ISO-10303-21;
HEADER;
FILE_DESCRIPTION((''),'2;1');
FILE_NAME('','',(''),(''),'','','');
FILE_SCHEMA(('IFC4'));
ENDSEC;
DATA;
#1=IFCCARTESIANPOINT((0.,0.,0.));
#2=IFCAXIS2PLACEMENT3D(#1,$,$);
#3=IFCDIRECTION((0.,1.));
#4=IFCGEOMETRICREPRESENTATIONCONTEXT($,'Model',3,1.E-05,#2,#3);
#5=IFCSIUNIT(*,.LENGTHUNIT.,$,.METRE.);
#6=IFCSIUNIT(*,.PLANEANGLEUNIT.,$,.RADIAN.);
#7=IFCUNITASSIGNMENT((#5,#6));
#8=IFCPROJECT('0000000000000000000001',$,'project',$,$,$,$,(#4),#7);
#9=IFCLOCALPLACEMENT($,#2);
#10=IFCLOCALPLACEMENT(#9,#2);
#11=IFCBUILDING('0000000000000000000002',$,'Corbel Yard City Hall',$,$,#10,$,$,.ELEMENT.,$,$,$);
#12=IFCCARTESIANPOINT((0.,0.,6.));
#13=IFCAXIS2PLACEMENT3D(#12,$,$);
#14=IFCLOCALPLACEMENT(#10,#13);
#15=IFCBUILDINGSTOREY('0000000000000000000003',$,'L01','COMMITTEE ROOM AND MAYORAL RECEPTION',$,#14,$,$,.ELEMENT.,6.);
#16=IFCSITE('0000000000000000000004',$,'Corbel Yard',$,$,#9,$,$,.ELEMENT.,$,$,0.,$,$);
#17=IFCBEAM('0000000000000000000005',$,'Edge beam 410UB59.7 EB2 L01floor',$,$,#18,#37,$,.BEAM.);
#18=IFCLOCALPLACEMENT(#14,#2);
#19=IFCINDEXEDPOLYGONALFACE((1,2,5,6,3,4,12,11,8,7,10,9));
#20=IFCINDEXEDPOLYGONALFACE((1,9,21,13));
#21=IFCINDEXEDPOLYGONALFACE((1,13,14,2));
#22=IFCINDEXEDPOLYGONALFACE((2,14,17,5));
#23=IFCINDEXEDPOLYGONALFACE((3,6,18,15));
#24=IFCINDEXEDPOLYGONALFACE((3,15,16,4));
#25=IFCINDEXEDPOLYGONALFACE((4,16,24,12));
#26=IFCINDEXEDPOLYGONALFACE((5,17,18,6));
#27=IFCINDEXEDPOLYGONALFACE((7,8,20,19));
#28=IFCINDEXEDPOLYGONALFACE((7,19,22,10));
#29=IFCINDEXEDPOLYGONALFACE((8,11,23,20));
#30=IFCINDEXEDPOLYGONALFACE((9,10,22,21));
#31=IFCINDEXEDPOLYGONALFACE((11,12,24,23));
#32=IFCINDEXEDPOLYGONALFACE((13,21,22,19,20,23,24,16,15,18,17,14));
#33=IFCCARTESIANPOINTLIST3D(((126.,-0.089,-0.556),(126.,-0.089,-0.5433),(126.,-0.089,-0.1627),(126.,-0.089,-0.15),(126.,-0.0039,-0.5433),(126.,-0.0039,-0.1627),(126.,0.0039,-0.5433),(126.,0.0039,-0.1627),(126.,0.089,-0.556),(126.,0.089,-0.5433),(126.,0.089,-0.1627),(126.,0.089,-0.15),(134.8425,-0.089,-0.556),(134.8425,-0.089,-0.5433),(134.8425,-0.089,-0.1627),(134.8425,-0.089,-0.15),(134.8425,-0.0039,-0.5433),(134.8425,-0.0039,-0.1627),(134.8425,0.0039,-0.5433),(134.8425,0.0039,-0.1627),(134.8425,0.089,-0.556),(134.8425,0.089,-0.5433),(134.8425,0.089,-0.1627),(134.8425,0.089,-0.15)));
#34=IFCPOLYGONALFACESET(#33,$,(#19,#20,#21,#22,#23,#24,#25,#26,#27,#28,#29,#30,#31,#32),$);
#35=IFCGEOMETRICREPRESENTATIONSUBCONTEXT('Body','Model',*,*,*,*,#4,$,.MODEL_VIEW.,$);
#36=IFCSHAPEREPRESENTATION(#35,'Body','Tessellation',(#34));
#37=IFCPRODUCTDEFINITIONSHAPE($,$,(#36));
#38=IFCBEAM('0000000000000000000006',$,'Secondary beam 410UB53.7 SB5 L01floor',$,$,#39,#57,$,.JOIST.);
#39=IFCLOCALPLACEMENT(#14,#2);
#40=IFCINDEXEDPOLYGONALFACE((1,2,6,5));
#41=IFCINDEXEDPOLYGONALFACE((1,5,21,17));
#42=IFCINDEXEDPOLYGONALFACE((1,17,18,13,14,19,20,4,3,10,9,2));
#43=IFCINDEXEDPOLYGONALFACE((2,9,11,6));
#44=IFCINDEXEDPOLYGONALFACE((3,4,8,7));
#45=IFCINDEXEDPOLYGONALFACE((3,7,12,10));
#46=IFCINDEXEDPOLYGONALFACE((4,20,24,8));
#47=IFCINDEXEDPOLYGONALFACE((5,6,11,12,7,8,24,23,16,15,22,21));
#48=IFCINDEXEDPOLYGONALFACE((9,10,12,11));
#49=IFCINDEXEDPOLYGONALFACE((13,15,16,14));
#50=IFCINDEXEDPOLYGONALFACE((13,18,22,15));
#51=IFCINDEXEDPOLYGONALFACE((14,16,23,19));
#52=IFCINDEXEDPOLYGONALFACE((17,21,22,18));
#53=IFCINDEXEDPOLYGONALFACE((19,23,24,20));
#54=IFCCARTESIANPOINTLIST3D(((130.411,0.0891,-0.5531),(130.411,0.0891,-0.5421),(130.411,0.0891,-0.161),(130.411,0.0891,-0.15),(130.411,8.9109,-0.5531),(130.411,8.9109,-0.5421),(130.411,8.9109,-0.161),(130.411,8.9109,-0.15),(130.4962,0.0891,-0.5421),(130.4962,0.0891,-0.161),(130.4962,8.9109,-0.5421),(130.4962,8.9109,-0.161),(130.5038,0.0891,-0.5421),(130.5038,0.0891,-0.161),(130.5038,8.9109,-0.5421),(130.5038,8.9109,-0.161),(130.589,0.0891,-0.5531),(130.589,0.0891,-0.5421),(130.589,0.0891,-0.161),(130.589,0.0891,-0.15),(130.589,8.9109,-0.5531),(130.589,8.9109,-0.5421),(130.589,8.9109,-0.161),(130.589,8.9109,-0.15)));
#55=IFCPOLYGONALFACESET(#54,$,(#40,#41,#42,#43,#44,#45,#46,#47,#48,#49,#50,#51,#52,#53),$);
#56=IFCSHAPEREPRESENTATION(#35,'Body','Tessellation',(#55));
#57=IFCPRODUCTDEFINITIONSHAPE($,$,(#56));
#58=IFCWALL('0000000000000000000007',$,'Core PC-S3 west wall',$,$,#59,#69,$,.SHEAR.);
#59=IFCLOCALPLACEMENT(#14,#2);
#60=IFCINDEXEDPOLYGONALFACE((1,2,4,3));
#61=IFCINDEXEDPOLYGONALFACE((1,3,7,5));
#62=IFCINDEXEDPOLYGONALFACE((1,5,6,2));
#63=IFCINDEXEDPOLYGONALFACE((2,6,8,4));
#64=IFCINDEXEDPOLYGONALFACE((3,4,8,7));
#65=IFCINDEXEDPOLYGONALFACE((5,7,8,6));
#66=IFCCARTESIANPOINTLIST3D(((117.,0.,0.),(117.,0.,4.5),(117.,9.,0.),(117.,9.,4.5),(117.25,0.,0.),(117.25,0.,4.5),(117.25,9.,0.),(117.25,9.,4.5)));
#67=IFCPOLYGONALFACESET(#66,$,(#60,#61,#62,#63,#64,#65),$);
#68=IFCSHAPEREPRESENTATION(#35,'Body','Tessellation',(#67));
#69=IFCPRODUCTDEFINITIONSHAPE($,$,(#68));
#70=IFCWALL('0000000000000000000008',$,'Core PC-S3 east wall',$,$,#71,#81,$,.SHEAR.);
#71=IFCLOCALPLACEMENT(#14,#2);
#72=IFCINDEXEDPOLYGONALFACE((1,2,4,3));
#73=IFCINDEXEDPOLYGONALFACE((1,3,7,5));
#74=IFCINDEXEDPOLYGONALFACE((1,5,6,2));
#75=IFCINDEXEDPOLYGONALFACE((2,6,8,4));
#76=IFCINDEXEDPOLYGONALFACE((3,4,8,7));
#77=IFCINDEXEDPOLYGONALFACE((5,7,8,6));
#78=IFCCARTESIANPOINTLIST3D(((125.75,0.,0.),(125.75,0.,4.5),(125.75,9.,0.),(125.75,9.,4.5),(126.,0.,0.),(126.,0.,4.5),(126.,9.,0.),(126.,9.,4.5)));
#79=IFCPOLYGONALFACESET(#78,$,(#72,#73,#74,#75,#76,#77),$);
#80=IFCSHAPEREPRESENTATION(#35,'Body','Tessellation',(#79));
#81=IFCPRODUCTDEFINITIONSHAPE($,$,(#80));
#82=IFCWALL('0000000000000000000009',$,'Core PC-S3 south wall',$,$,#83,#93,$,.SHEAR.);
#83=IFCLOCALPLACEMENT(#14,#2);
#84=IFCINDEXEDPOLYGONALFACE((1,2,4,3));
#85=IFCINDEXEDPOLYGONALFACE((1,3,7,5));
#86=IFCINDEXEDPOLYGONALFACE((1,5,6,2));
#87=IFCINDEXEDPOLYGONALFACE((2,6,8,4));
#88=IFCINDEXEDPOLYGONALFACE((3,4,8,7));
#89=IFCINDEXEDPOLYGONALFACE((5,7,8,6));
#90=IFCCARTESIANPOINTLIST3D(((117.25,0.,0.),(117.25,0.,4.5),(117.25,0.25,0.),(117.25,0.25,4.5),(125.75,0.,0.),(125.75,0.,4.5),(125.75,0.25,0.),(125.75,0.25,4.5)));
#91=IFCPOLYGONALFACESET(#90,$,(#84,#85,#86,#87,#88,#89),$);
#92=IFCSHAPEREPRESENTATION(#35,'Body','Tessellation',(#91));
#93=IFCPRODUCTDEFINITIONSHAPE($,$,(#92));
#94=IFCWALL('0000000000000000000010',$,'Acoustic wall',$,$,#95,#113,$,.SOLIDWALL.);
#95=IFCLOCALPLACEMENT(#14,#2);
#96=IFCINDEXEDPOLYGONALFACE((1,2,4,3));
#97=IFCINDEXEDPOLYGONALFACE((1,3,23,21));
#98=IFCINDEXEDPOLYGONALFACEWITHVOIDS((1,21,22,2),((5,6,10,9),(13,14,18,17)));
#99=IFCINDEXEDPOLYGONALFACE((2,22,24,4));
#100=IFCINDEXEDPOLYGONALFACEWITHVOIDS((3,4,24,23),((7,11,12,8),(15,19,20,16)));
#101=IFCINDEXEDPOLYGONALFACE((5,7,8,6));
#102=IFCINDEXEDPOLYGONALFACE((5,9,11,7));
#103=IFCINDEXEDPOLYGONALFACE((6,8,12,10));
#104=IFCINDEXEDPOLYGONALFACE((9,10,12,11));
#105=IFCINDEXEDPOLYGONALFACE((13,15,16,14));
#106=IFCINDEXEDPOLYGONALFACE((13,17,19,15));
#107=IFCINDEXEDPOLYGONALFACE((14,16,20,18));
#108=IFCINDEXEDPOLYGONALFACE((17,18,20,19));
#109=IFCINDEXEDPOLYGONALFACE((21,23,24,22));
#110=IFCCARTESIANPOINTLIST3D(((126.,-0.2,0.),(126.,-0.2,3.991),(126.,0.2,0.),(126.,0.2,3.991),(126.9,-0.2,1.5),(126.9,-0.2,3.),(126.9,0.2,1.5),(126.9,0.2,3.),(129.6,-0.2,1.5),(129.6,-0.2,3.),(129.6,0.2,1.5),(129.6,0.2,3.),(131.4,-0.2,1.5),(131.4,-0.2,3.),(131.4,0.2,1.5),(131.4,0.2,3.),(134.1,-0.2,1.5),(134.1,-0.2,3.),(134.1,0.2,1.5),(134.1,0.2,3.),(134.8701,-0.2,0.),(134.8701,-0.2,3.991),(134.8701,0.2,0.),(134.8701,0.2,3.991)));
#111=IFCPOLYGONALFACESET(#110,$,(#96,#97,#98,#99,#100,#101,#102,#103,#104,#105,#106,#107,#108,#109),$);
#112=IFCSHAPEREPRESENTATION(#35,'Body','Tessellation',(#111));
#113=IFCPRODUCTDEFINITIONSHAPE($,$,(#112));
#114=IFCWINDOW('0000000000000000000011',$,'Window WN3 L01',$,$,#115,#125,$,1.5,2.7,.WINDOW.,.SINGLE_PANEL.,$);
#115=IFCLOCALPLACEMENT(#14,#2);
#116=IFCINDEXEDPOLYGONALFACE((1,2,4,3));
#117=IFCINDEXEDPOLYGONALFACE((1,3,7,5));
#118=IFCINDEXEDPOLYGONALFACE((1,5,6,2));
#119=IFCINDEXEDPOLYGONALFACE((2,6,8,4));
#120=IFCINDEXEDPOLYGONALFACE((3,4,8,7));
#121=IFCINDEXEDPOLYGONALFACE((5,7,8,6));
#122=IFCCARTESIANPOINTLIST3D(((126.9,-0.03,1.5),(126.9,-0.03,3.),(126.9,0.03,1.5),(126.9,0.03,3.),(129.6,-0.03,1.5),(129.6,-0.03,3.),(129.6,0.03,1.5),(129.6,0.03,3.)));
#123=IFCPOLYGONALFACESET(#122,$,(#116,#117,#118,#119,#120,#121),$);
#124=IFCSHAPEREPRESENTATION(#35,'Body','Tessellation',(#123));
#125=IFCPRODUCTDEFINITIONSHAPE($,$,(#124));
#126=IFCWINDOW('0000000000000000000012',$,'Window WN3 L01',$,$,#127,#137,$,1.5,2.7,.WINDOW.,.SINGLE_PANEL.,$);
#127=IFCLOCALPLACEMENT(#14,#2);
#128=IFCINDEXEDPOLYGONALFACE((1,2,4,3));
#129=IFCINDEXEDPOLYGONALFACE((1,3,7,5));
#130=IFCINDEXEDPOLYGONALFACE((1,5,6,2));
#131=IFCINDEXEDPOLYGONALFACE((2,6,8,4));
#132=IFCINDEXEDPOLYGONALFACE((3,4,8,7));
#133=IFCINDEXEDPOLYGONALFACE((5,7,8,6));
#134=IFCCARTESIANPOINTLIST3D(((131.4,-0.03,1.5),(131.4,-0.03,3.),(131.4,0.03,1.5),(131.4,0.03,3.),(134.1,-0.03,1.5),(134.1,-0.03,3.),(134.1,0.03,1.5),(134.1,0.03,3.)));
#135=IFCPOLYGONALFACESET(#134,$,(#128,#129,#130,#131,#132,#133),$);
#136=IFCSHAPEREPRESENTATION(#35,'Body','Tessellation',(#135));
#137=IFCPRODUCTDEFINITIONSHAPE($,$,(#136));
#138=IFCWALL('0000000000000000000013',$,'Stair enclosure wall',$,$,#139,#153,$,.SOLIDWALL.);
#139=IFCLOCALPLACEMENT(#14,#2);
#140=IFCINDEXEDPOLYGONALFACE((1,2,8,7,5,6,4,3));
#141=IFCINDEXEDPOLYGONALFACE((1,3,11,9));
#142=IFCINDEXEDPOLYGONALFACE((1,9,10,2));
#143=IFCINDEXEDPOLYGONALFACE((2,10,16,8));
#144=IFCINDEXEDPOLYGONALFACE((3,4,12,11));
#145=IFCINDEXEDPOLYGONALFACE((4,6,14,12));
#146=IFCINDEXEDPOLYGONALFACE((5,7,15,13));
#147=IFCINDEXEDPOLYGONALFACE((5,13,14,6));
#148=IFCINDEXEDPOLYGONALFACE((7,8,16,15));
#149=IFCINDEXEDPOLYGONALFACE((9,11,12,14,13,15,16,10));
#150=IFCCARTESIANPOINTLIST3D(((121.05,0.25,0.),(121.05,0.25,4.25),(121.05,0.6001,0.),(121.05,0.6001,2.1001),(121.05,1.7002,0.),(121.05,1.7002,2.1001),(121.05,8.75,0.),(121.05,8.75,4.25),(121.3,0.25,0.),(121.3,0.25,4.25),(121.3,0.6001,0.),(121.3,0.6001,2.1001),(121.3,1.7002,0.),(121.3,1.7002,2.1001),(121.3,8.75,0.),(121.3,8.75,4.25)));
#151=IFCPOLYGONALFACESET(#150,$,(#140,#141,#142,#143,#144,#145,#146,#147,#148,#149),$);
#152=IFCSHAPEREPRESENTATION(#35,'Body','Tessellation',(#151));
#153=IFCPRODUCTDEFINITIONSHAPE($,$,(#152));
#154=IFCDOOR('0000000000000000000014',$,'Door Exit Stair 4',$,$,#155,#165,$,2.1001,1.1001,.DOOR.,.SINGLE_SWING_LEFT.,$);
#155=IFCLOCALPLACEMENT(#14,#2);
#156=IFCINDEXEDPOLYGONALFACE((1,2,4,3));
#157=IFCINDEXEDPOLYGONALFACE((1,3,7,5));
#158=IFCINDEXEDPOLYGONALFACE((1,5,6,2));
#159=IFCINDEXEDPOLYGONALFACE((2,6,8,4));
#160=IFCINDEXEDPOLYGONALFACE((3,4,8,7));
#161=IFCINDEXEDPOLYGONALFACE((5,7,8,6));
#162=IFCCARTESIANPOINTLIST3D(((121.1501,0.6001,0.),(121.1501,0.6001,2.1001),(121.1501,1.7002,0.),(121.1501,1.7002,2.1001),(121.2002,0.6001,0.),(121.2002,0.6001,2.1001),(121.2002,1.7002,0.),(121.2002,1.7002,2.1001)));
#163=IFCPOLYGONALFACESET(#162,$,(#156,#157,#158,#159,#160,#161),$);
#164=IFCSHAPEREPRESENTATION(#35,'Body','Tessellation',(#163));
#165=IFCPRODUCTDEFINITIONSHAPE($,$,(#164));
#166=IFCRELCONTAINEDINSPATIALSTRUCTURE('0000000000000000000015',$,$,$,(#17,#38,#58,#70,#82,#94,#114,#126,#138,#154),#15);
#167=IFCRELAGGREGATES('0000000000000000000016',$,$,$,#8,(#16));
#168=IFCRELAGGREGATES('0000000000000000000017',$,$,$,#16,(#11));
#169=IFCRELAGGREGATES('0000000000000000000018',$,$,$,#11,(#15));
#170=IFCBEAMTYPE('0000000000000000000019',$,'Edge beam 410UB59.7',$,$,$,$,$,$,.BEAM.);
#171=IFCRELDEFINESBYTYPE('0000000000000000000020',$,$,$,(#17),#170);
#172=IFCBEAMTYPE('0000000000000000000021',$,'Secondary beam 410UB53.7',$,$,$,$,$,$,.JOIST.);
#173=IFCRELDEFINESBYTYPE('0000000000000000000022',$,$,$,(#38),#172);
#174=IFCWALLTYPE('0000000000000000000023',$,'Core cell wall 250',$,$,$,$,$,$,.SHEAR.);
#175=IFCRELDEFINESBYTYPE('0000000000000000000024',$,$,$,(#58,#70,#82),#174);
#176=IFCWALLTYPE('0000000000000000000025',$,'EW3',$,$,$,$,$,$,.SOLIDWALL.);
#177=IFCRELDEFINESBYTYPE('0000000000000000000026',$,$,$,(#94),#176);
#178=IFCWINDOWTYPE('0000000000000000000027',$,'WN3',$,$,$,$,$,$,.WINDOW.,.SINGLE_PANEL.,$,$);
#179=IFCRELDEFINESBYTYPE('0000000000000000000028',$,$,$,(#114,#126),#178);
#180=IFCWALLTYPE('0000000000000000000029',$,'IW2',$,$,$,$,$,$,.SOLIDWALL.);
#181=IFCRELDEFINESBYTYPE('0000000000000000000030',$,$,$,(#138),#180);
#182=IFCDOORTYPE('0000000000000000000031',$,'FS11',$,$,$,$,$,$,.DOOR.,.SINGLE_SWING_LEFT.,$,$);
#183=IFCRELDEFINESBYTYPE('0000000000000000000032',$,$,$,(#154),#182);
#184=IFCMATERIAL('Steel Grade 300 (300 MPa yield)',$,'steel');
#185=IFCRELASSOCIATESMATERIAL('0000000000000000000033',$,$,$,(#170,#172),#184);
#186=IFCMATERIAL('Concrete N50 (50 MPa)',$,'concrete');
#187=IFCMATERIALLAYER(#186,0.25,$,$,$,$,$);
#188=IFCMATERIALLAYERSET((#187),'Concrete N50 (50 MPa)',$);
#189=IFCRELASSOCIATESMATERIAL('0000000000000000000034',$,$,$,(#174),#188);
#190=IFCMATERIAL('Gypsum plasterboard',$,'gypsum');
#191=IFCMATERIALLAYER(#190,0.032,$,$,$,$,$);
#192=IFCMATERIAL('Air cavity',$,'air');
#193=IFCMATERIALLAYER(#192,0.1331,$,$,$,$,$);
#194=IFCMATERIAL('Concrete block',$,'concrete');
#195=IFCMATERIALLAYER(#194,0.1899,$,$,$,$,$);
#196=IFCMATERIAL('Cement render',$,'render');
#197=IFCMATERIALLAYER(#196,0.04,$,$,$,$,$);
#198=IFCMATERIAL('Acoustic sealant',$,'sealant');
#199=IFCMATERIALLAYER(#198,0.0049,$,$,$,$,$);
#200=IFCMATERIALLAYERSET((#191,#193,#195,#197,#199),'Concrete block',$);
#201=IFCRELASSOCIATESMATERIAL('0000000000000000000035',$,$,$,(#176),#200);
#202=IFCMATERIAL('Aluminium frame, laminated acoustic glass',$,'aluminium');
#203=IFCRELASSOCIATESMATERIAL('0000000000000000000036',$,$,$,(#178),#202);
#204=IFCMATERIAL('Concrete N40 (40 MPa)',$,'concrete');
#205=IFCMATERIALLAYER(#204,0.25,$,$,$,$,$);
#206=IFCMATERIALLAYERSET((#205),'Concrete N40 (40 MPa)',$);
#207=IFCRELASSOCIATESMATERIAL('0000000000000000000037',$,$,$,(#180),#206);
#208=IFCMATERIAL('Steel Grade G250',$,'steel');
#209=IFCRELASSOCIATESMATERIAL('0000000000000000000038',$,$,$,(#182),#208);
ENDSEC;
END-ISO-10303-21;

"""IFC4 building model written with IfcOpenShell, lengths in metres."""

from ifc_helpers import new_model, si_unit, direction, frame, frame_2d, origin, origin_2d, place, context, subcontext, project, spatial, rectangle, i_section, extrude, material, layer, layer_set, material_profile, profile_set, type_object, element, fill, save


model = new_model("IFC4")

# Units and contexts
model_context = context("Model", 3, precision=1e-05, world=origin(), true_north=direction((0.0, 1.0)))
body_context = subcontext(model_context, "Body", "Model", "MODEL_VIEW")
ifc_project = project(units=[si_unit("LENGTHUNIT", "METRE"), si_unit("PLANEANGLEUNIT", "RADIAN")], contexts=[model_context])

# Site, building, storey
site_placement = place(None, origin())
site = spatial("IfcSite", under=ifc_project, at=site_placement, Name="Corbel Yard", CompositionType="ELEMENT", RefElevation=0.0)
building_placement = place(site_placement, origin())
building = spatial("IfcBuilding", under=site, at=building_placement, Name="Corbel Yard City Hall", CompositionType="ELEMENT")
storey_placement = place(building_placement, frame((0.0, 0.0, 6.0)))
storey = spatial("IfcBuildingStorey", under=building, at=storey_placement, Name="L01", Description="COMMITTEE ROOM AND MAYORAL RECEPTION", CompositionType="ELEMENT", Elevation=6.0)

# Beams
ifc_material_1 = material(Name="Steel Grade 300 (300 MPa yield)", Category="steel")
ifc_material_profile_1 = material_profile(ifc_material_1, i_section(OverallWidth=0.178, OverallDepth=0.406, WebThickness=0.0078, FlangeThickness=0.0127, at=origin_2d()), Name="410UB59.7")
ifc_profile_set_1 = profile_set([ifc_material_profile_1], Name="Steel Grade 300 (300 MPa yield)")
beam_type_1 = type_object("IfcBeamType", Name="Edge beam 410UB59.7", PredefinedType="BEAM", material=ifc_profile_set_1)
beam_1_placement = place(storey_placement, frame((126.0, 0.0, -0.353), z_axis=(1.0, 0.0, 0.0), x_axis=(0.0, 1.0, 0.0)))
element("IfcBeam", 1, at=beam_1_placement, inside=storey, type_object=beam_type_1, Name="Edge beam 410UB59.7 EB2 L01floor", PredefinedType="BEAM", context=body_context, shape_type="SweptSolid", body=[
    extrude(i_section(OverallWidth=0.178, OverallDepth=0.406, WebThickness=0.0078, FlangeThickness=0.0127, at=origin_2d()), origin(), (0.0, 0.0, 1.0), 8.8425),
])
ifc_material_profile_2 = material_profile(ifc_material_1, i_section(OverallWidth=0.178, OverallDepth=0.4031, WebThickness=0.0076, FlangeThickness=0.011, at=origin_2d()), Name="410UB53.7")
ifc_profile_set_2 = profile_set([ifc_material_profile_2], Name="Steel Grade 300 (300 MPa yield)")
beam_type_2 = type_object("IfcBeamType", Name="Secondary beam 410UB53.7", PredefinedType="JOIST", material=ifc_profile_set_2)
beam_2_placement = place(storey_placement, frame((130.5, 0.0891, -0.3516), z_axis=(0.0, 1.0, 0.0), x_axis=(-1.0, 0.0, 0.0)))
element("IfcBeam", 2, at=beam_2_placement, inside=storey, type_object=beam_type_2, Name="Secondary beam 410UB53.7 SB5 L01floor", PredefinedType="JOIST", context=body_context, shape_type="SweptSolid", body=[
    extrude(i_section(OverallWidth=0.178, OverallDepth=0.4031, WebThickness=0.0076, FlangeThickness=0.011, at=origin_2d()), origin(), (0.0, 0.0, 1.0), 8.8218),
])

# Walls
ifc_material_2 = material(Name="Concrete N50 (50 MPa)", Category="concrete")
ifc_layer_1 = layer(ifc_material_2, 0.25)
ifc_layer_set_1 = layer_set([ifc_layer_1], Name="Concrete N50 (50 MPa)")
wall_type_1 = type_object("IfcWallType", Name="Core cell wall 250", PredefinedType="SHEAR", material=ifc_layer_set_1)
for number, where, z_axis, x_axis, name in (
    (3, (117.125, 0.0, 0.0), (0.0, 0.0, 1.0), (0.0, 1.0, 0.0), "Core PC-S3 west wall"),
    (4, (125.875, 0.0, 0.0), (0.0, 0.0, 1.0), (0.0, 1.0, 0.0), "Core PC-S3 east wall"),
):
    element("IfcWall", number, at=place(storey_placement, frame(where, z_axis=z_axis, x_axis=x_axis)), inside=storey, type_object=wall_type_1, Name=name, PredefinedType="SHEAR", context=body_context, shape_type="SweptSolid", body=[
        extrude(rectangle(XDim=9.0, YDim=0.25, at=frame_2d((4.5, 0.0))), origin(), (0.0, 0.0, 1.0), 4.5),
    ])
wall_1_placement = place(storey_placement, frame((117.25, 0.125, 0.0), z_axis=(0.0, 0.0, 1.0), x_axis=(1.0, 0.0, 0.0)))
element("IfcWall", 5, at=wall_1_placement, inside=storey, type_object=wall_type_1, Name="Core PC-S3 south wall", PredefinedType="SHEAR", context=body_context, shape_type="SweptSolid", body=[
    extrude(rectangle(XDim=8.5, YDim=0.25, at=frame_2d((4.25, 0.0))), origin(), (0.0, 0.0, 1.0), 4.5),
])

# Wall, openings, windows
ifc_material_3 = material(Name="Gypsum plasterboard", Category="gypsum")
ifc_layer_2 = layer(ifc_material_3, 0.032)
ifc_material_4 = material(Name="Air cavity", Category="air")
ifc_layer_3 = layer(ifc_material_4, 0.1331)
ifc_material_5 = material(Name="Concrete block", Category="concrete")
ifc_layer_4 = layer(ifc_material_5, 0.1899)
ifc_material_6 = material(Name="Cement render", Category="render")
ifc_layer_5 = layer(ifc_material_6, 0.04)
ifc_material_7 = material(Name="Acoustic sealant", Category="sealant")
ifc_layer_6 = layer(ifc_material_7, 0.0049)
ifc_layer_set_2 = layer_set([ifc_layer_2, ifc_layer_3, ifc_layer_4, ifc_layer_5, ifc_layer_6], Name="Concrete block")
wall_type_2 = type_object("IfcWallType", Name="EW3", PredefinedType="SOLIDWALL", material=ifc_layer_set_2)
wall_2_placement = place(storey_placement, frame((126.0, 0.0, 0.0), z_axis=(0.0, 0.0, 1.0), x_axis=(1.0, 0.0, 0.0)))
wall_2 = element("IfcWall", 6, at=wall_2_placement, inside=storey, type_object=wall_type_2, Name="Acoustic wall", PredefinedType="SOLIDWALL", context=body_context, shape_type="SweptSolid", body=[
    extrude(rectangle(XDim=8.8701, YDim=0.3999, at=frame_2d((4.4351, 0.0))), origin(), (0.0, 0.0, 1.0), 3.991),
])
opening_1_placement = place(wall_2_placement, frame((0.8999, 0.0, 1.5)))
opening_1 = element("IfcOpeningElement", 7, at=opening_1_placement, cuts=wall_2, PredefinedType="OPENING", context=body_context, shape_type="SweptSolid", body=[
    extrude(rectangle(XDim=2.7, YDim=1.5, at=frame_2d((1.3501, 0.75))), frame((0.0, 0.21, 0.0), z_axis=(0.0, -1.0, 0.0), x_axis=(1.0, 0.0, 0.0)), (0.0, 0.0, 1.0), 0.4199),
])
opening_2_placement = place(wall_2_placement, frame((5.3999, 0.0, 1.5)))
opening_2 = element("IfcOpeningElement", 8, at=opening_2_placement, cuts=wall_2, PredefinedType="OPENING", context=body_context, shape_type="SweptSolid", body=[
    extrude(rectangle(XDim=2.7, YDim=1.5, at=frame_2d((1.3501, 0.75))), frame((0.0, 0.21, 0.0), z_axis=(0.0, -1.0, 0.0), x_axis=(1.0, 0.0, 0.0)), (0.0, 0.0, 1.0), 0.4199),
])
ifc_material_8 = material(Name="Aluminium frame, laminated acoustic glass", Category="aluminium")
window_type = type_object("IfcWindowType", Name="WN3", PartitioningType="SINGLE_PANEL", PredefinedType="WINDOW", material=ifc_material_8)
window_1_placement = place(opening_1_placement, origin())
window_1 = element("IfcWindow", 9, at=window_1_placement, inside=storey, type_object=window_type, Name="Window WN3 L01", OverallHeight=1.5, OverallWidth=2.7, PartitioningType="SINGLE_PANEL", PredefinedType="WINDOW", context=body_context, shape_type="SweptSolid", body=[
    extrude(rectangle(XDim=2.7, YDim=1.5, at=frame_2d((1.3501, 0.75))), frame((0.0, 0.03, 0.0), z_axis=(0.0, -1.0, 0.0), x_axis=(1.0, 0.0, 0.0)), (0.0, 0.0, 1.0), 0.0601),
])
fill(opening_1, window_1)
window_2_placement = place(opening_2_placement, origin())
window_2 = element("IfcWindow", 10, at=window_2_placement, inside=storey, type_object=window_type, Name="Window WN3 L01", OverallHeight=1.5, OverallWidth=2.7, PartitioningType="SINGLE_PANEL", PredefinedType="WINDOW", context=body_context, shape_type="SweptSolid", body=[
    extrude(rectangle(XDim=2.7, YDim=1.5, at=frame_2d((1.3501, 0.75))), frame((0.0, 0.03, 0.0), z_axis=(0.0, -1.0, 0.0), x_axis=(1.0, 0.0, 0.0)), (0.0, 0.0, 1.0), 0.0601),
])
fill(opening_2, window_2)

# Wall, opening, door
ifc_material_9 = material(Name="Concrete N40 (40 MPa)", Category="concrete")
ifc_layer_7 = layer(ifc_material_9, 0.25)
ifc_layer_set_3 = layer_set([ifc_layer_7], Name="Concrete N40 (40 MPa)")
wall_type_3 = type_object("IfcWallType", Name="IW2", PredefinedType="SOLIDWALL", material=ifc_layer_set_3)
wall_3_placement = place(storey_placement, frame((121.175, 0.25, 0.0), z_axis=(0.0, 0.0, 1.0), x_axis=(0.0, 1.0, 0.0)))
wall_3 = element("IfcWall", 11, at=wall_3_placement, inside=storey, type_object=wall_type_3, Name="Stair enclosure wall", PredefinedType="SOLIDWALL", context=body_context, shape_type="SweptSolid", body=[
    extrude(rectangle(XDim=8.5, YDim=0.25, at=frame_2d((4.25, 0.0))), origin(), (0.0, 0.0, 1.0), 4.25),
])
opening_3_placement = place(wall_3_placement, frame((0.3501, 0.0, 0.0)))
opening_3 = element("IfcOpeningElement", 12, at=opening_3_placement, cuts=wall_3, PredefinedType="OPENING", context=body_context, shape_type="SweptSolid", body=[
    extrude(rectangle(XDim=1.1001, YDim=2.1001, at=frame_2d((0.55, 1.05))), frame((0.0, 0.135, 0.0), z_axis=(0.0, -1.0, 0.0), x_axis=(1.0, 0.0, 0.0)), (0.0, 0.0, 1.0), 0.27),
])
ifc_material_10 = material(Name="Steel Grade G250", Category="steel")
door_type_1 = type_object("IfcDoorType", Name="FS11", OperationType="SINGLE_SWING_LEFT", PredefinedType="DOOR", material=ifc_material_10)
door_1_placement = place(opening_3_placement, origin())
door_1 = element("IfcDoor", 13, at=door_1_placement, inside=storey, type_object=door_type_1, Name="Door Exit Stair 4", OperationType="SINGLE_SWING_LEFT", OverallHeight=2.1001, OverallWidth=1.1001, PredefinedType="DOOR", context=body_context, shape_type="SweptSolid", body=[
    extrude(rectangle(XDim=1.1001, YDim=2.1001, at=frame_2d((0.55, 1.05))), frame((0.0, 0.0249, 0.0), z_axis=(0.0, -1.0, 0.0), x_axis=(1.0, 0.0, 0.0)), (0.0, 0.0, 1.0), 0.05),
])
fill(opening_3, door_1)

save(model, "model.ifc")
